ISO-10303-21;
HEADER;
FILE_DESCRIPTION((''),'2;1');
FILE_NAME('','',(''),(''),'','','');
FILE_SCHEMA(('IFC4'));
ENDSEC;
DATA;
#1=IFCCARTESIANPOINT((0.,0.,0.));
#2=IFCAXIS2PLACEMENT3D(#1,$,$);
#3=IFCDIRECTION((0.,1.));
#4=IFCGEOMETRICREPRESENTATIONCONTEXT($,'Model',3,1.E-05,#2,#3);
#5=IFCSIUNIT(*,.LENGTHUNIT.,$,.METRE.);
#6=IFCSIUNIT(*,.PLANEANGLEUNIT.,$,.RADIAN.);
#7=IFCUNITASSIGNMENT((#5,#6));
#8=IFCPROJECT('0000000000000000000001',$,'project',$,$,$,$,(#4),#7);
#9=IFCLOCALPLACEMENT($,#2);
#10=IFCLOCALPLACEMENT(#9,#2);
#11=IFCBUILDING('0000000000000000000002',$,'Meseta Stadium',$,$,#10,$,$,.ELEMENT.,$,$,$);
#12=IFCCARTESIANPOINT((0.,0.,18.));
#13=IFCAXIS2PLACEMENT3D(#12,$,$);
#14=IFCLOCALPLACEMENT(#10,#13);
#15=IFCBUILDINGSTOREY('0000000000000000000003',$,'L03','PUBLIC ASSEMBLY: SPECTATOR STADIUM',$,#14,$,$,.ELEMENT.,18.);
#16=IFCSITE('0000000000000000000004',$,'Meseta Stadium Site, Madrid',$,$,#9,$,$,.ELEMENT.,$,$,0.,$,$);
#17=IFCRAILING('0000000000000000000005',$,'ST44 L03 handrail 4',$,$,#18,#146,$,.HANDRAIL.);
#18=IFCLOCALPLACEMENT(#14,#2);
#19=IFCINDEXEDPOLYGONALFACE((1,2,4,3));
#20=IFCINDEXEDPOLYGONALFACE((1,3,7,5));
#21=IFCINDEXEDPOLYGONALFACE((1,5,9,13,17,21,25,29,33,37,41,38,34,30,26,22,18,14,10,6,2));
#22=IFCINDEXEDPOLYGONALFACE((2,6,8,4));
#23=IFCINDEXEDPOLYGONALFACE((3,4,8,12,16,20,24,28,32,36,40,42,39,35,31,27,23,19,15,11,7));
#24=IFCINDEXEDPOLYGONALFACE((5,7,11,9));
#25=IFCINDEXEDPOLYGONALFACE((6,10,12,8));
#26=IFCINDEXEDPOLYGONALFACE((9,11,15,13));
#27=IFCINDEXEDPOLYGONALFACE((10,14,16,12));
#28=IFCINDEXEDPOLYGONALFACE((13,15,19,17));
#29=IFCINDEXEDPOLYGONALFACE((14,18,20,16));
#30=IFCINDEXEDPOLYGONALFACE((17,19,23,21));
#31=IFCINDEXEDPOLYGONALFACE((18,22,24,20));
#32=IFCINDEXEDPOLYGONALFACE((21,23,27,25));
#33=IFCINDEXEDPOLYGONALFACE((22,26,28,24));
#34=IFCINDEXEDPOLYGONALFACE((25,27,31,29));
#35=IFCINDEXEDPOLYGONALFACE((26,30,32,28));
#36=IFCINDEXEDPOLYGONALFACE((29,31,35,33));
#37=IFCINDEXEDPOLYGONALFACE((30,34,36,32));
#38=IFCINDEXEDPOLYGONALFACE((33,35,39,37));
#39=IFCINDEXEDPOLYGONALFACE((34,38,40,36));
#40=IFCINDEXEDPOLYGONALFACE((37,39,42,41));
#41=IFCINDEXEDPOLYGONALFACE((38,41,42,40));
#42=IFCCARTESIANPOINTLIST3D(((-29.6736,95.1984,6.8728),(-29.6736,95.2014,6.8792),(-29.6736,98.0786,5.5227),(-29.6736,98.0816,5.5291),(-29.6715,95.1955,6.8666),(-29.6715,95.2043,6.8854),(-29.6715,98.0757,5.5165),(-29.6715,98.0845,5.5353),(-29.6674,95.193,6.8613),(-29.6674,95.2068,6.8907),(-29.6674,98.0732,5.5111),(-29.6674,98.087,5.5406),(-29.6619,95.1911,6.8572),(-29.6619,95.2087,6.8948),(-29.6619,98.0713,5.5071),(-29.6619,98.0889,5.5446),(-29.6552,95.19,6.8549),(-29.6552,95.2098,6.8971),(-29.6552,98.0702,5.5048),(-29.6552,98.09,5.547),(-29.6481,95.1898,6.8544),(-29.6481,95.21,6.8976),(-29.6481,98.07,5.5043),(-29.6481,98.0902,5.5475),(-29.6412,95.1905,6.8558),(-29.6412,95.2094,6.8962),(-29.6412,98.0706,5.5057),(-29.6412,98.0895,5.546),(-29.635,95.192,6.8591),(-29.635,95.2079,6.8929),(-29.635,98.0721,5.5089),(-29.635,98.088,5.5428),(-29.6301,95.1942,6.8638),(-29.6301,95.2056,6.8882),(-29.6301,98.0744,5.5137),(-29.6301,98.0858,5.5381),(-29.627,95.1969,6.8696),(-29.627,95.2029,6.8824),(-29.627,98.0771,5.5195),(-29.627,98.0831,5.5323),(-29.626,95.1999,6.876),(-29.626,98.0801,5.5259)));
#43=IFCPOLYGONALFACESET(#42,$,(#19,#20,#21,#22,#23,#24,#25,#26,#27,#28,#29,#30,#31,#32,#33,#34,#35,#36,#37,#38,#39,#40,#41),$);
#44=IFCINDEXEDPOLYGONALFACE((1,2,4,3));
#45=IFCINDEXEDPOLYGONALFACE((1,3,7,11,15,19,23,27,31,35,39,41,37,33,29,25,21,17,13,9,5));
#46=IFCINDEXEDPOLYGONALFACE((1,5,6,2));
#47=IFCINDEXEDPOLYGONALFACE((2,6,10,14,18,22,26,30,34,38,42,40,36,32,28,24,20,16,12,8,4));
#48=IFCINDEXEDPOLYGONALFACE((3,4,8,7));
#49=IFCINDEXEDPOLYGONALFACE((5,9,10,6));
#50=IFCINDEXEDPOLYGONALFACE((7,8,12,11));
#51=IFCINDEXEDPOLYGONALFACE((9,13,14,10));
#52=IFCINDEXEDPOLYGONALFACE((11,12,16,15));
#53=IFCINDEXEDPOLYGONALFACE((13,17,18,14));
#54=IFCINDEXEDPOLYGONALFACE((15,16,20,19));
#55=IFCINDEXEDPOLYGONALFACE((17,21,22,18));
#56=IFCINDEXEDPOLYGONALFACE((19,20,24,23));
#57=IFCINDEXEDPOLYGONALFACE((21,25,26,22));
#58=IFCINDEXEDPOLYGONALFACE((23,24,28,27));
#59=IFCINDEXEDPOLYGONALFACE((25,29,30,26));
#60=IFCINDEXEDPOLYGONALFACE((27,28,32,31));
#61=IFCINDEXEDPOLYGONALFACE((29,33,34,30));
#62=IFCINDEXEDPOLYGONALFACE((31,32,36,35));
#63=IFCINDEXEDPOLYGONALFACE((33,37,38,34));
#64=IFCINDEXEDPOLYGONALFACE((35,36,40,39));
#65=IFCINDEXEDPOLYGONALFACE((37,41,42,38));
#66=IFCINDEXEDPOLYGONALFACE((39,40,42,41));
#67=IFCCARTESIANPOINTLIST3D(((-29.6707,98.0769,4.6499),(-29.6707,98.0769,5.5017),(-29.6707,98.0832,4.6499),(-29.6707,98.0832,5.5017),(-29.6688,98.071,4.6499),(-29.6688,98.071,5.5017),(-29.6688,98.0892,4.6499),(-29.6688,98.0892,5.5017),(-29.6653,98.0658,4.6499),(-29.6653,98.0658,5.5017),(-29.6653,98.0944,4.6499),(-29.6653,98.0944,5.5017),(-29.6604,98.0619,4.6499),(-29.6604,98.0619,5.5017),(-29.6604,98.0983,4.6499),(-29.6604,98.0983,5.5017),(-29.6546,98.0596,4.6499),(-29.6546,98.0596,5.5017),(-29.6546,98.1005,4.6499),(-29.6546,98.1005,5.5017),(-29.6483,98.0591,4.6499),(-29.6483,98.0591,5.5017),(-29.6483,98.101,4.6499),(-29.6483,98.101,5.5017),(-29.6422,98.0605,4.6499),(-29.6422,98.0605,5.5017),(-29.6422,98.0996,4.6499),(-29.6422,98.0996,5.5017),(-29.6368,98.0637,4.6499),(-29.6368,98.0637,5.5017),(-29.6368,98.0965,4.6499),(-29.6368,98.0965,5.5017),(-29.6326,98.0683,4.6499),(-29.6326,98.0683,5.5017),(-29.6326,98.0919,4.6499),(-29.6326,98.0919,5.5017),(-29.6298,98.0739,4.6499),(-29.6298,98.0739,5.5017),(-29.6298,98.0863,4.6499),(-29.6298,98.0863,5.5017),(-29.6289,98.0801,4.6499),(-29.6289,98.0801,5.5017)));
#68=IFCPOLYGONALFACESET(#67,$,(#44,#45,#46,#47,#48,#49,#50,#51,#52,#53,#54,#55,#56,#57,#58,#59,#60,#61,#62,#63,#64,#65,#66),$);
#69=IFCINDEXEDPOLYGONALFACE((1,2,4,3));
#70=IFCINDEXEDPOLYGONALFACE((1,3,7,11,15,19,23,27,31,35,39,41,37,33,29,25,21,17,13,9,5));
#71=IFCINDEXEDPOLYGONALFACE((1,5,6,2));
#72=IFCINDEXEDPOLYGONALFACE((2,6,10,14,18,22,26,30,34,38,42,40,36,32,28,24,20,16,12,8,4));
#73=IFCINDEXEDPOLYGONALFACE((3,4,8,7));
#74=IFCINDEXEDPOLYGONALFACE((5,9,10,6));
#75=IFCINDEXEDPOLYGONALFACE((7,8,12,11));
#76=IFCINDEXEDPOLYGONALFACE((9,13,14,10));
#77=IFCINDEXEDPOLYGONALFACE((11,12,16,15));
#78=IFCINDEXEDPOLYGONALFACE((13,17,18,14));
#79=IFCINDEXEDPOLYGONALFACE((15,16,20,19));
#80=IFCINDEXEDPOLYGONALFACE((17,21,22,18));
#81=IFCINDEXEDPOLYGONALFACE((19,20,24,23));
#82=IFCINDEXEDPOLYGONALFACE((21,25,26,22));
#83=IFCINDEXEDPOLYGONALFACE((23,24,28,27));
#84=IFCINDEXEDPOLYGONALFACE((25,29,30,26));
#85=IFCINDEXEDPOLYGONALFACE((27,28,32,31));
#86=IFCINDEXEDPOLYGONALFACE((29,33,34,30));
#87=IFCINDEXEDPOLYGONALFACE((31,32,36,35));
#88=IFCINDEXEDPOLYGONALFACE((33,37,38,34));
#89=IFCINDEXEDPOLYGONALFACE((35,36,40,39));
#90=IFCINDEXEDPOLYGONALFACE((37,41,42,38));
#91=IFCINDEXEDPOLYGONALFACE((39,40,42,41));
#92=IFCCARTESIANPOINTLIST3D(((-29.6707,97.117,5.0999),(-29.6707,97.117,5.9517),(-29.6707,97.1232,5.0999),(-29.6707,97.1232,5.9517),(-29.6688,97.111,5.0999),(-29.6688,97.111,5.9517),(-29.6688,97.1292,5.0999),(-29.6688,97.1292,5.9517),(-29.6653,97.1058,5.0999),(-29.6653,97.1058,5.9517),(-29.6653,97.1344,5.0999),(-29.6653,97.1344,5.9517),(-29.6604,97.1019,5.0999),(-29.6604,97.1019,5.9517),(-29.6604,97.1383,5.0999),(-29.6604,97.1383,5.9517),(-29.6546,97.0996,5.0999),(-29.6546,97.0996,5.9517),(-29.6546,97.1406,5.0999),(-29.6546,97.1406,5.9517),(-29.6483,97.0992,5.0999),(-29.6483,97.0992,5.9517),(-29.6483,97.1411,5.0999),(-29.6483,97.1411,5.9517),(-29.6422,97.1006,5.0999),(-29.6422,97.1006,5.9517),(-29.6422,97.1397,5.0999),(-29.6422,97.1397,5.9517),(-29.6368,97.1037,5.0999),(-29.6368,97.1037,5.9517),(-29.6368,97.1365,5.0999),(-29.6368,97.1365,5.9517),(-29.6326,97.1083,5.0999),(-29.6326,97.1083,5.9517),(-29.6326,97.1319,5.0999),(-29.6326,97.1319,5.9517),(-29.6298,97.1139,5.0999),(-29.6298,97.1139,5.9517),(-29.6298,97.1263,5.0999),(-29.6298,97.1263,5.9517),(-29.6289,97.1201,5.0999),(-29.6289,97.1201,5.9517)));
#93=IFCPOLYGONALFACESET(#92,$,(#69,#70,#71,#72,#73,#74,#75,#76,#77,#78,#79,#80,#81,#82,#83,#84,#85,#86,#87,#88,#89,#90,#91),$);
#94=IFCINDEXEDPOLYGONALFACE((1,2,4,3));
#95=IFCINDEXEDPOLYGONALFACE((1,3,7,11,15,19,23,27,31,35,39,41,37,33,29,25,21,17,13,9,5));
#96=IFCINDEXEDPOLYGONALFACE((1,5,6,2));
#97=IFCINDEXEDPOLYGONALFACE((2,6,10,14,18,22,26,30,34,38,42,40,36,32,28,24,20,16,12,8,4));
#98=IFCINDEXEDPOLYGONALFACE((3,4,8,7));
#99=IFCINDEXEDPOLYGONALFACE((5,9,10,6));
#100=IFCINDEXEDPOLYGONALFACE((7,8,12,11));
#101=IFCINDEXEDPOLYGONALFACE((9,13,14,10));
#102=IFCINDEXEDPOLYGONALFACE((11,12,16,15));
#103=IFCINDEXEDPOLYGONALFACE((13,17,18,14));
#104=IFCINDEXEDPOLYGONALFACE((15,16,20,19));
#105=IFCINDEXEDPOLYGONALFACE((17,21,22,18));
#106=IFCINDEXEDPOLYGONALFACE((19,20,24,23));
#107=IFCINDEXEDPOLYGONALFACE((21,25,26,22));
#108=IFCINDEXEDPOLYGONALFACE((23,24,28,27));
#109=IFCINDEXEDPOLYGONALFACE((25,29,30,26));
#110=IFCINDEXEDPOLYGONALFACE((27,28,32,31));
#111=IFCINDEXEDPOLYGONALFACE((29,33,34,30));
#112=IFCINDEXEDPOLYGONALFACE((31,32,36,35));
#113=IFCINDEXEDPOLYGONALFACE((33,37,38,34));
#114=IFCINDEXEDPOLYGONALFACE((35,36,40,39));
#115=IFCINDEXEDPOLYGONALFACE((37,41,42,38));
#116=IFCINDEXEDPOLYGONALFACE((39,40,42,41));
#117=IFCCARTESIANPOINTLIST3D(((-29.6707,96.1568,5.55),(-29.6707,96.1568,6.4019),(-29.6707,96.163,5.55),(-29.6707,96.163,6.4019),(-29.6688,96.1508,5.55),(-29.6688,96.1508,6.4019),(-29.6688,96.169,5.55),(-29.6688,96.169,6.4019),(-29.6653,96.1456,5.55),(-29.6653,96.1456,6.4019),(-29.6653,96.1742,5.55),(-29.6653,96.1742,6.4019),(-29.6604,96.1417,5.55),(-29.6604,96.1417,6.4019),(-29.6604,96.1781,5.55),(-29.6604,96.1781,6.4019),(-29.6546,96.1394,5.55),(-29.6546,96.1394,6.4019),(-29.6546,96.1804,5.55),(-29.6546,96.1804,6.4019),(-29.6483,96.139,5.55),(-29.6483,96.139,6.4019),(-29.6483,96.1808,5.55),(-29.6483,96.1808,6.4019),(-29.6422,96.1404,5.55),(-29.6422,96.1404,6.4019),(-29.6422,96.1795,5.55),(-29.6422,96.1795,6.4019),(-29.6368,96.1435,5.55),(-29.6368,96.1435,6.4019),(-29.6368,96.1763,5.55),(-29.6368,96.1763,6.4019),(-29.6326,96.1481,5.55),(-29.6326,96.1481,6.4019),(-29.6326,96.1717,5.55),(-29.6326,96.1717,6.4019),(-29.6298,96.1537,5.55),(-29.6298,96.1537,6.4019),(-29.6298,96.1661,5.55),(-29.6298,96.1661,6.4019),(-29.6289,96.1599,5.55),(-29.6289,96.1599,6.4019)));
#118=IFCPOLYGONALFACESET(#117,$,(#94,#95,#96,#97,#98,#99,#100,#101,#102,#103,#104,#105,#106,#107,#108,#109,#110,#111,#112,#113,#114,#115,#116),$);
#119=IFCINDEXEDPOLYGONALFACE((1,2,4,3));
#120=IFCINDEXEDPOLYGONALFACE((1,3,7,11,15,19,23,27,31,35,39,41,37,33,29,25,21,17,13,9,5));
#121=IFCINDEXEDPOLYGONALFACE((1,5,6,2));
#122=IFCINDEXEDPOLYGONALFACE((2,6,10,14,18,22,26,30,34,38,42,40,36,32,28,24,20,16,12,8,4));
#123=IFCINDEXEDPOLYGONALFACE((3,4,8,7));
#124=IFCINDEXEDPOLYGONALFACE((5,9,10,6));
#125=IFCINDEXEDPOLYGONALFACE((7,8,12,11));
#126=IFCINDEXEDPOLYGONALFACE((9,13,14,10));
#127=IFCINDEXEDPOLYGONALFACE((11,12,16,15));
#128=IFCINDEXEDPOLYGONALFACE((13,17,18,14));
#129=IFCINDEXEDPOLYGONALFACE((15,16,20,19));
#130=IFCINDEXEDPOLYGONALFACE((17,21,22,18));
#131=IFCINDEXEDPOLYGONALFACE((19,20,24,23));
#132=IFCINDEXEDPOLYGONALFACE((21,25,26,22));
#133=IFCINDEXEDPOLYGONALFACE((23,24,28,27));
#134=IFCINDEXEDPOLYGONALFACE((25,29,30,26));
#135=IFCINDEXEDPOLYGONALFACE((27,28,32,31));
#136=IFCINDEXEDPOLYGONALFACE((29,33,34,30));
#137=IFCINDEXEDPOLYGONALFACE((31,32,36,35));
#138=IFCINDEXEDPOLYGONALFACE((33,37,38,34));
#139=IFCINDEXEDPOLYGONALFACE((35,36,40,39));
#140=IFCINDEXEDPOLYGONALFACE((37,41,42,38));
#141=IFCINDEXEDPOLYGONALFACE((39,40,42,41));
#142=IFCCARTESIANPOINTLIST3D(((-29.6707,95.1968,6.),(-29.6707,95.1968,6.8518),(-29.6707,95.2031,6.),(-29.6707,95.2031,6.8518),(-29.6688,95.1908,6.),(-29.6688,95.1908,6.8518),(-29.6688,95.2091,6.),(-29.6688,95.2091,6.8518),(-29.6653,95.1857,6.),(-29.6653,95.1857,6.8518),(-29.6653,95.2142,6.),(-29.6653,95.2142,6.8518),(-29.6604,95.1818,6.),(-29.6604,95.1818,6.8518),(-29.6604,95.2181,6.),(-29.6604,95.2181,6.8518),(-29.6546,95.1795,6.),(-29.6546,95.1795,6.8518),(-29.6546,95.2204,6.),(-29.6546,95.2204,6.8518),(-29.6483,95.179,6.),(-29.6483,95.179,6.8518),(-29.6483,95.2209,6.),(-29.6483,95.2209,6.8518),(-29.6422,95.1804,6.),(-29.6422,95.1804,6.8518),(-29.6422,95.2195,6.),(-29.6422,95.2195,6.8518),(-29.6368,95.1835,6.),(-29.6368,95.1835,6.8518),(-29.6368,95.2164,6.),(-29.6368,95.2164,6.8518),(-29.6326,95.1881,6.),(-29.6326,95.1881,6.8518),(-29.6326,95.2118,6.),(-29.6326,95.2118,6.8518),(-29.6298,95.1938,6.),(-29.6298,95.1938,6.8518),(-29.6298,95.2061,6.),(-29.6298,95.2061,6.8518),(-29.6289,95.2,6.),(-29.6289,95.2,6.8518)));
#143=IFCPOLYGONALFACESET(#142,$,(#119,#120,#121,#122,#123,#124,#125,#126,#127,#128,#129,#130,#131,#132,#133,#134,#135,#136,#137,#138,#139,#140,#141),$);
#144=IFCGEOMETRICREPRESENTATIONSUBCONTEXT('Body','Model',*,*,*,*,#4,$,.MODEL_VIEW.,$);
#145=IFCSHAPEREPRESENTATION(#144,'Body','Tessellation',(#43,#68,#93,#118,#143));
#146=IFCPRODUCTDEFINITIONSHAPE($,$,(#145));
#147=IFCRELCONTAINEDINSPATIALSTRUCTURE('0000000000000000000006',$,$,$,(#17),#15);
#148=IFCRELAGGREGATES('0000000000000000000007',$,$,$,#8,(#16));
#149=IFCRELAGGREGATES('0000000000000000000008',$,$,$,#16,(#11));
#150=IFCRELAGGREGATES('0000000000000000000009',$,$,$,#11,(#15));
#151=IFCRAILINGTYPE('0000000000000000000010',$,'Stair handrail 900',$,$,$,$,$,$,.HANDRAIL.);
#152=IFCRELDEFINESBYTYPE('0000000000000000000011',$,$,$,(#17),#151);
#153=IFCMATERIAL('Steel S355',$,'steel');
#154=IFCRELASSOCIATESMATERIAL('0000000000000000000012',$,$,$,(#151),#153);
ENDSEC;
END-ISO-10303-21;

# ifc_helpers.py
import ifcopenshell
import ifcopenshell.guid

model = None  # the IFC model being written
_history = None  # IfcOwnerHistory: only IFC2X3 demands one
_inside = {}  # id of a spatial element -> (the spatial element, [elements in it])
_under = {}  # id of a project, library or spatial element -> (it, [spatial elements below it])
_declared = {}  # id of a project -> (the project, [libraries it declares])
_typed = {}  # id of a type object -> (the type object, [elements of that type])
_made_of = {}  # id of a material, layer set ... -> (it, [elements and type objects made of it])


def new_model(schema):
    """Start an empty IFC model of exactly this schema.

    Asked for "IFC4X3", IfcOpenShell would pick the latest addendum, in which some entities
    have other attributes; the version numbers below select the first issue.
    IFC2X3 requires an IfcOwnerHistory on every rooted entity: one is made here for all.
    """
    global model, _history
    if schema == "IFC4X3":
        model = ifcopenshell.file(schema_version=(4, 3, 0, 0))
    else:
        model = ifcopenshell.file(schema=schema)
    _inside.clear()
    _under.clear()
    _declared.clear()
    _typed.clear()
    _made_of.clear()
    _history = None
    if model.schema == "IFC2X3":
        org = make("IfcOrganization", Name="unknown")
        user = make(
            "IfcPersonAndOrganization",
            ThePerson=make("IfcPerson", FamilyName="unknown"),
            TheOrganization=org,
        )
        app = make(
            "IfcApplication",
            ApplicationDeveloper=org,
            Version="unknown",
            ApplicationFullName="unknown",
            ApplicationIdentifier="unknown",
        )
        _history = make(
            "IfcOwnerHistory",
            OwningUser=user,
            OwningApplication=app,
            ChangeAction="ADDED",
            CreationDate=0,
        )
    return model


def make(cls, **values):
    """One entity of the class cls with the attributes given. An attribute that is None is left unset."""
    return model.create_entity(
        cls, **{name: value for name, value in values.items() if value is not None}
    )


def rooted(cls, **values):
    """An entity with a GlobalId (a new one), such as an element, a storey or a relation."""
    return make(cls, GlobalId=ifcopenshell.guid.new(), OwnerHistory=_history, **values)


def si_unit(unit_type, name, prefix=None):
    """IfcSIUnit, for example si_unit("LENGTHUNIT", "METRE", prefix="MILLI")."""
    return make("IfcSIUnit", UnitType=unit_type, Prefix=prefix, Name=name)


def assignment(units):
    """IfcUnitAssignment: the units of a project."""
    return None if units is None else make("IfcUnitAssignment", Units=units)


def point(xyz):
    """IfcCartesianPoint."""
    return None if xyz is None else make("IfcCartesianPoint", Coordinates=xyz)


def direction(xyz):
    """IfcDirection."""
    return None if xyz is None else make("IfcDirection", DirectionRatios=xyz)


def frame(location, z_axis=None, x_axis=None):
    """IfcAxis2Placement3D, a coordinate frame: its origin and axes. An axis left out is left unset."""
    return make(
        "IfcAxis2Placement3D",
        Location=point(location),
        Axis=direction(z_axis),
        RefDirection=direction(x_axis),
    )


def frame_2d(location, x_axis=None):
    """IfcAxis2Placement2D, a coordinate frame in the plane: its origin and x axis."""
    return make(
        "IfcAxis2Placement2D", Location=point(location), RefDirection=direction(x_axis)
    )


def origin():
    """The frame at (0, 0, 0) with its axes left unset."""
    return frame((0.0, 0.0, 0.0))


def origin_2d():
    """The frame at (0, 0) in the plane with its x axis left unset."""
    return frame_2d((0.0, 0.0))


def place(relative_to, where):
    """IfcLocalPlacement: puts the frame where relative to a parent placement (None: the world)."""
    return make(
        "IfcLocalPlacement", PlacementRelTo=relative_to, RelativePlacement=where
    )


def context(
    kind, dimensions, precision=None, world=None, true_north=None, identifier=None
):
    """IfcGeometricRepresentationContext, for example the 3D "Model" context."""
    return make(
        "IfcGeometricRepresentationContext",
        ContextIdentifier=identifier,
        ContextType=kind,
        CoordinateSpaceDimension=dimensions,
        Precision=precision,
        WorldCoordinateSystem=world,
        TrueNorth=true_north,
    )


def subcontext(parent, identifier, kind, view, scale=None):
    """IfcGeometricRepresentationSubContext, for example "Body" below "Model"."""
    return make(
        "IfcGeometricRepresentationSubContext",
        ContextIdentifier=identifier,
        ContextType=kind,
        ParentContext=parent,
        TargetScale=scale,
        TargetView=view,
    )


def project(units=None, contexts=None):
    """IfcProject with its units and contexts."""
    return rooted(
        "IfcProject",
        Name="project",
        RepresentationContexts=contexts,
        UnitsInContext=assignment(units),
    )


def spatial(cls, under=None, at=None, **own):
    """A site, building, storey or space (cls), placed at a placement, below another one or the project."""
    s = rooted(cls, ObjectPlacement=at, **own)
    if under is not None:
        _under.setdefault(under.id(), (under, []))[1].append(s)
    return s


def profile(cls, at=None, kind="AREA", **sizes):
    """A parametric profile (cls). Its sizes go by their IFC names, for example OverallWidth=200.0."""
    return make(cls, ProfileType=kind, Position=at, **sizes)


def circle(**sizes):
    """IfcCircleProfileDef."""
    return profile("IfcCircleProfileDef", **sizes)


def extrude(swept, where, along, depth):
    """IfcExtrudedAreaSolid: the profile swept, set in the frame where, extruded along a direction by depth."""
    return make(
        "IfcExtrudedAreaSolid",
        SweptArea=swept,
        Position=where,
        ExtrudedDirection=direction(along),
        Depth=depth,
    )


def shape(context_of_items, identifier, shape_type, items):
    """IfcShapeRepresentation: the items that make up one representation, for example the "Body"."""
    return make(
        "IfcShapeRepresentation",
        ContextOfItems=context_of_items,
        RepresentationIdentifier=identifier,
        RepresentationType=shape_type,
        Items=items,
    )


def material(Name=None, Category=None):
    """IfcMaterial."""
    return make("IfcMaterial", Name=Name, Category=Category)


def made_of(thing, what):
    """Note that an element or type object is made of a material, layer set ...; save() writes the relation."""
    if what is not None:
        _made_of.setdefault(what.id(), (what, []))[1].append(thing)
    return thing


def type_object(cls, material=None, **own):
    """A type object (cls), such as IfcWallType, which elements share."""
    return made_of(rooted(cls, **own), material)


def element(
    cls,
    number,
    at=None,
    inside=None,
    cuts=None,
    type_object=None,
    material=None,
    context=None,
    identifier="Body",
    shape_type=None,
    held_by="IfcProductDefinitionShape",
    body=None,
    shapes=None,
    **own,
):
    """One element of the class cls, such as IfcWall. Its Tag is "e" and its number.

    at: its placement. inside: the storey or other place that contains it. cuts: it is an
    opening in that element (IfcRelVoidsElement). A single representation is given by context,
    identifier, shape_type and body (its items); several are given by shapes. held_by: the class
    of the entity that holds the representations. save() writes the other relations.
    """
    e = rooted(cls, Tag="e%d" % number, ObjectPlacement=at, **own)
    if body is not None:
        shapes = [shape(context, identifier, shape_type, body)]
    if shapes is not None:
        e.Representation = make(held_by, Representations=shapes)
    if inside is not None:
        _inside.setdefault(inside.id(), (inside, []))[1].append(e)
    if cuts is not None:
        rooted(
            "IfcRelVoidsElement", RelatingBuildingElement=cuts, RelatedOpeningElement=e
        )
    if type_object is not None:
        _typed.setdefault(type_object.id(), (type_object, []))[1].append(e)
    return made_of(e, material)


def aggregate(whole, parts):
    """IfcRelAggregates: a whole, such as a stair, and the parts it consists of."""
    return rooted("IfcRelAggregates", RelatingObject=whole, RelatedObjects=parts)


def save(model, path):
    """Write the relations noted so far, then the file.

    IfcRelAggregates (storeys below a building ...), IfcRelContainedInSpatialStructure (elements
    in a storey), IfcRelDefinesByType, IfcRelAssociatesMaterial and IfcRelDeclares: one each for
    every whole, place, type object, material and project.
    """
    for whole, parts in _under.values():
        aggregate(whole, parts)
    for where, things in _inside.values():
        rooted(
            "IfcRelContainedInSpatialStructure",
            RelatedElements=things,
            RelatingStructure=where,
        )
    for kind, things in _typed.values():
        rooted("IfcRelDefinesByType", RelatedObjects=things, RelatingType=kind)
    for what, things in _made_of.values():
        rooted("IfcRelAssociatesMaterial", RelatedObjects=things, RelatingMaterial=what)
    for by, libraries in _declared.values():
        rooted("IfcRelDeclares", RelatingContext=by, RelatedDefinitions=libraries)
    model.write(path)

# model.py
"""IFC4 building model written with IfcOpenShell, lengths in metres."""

from ifc_helpers import new_model, si_unit, direction, frame, origin, origin_2d, place, context, subcontext, project, spatial, circle, extrude, material, type_object, element, save


model = new_model("IFC4")

# Units and contexts
model_context = context("Model", 3, precision=1e-05, world=origin(), true_north=direction((0.0, 1.0)))
body_context = subcontext(model_context, "Body", "Model", "MODEL_VIEW")
ifc_project = project(units=[si_unit("LENGTHUNIT", "METRE"), si_unit("PLANEANGLEUNIT", "RADIAN")], contexts=[model_context])

# Site, building, storey
site_placement = place(None, origin())
site = spatial("IfcSite", under=ifc_project, at=site_placement, Name="Meseta Stadium Site, Madrid", CompositionType="ELEMENT", RefElevation=0.0)
building_placement = place(site_placement, origin())
building = spatial("IfcBuilding", under=site, at=building_placement, Name="Meseta Stadium", CompositionType="ELEMENT")
storey_placement = place(building_placement, frame((0.0, 0.0, 18.0)))
storey = spatial("IfcBuildingStorey", under=building, at=storey_placement, Name="L03", Description="PUBLIC ASSEMBLY: SPECTATOR STADIUM", CompositionType="ELEMENT", Elevation=18.0)

# Railing
ifc_material_1 = material(Name="Steel S355", Category="steel")
railing_type_1 = type_object("IfcRailingType", Name="Stair handrail 900", PredefinedType="HANDRAIL", material=ifc_material_1)
for number, where, name in (
    (1, (-29.6499, 98.0801, 4.6499), "ST44 L03 handrail 4"),
):
    element("IfcRailing", number, at=place(storey_placement, frame(where)), inside=storey, type_object=railing_type_1, Name=name, PredefinedType="HANDRAIL", context=body_context, shape_type="SweptSolid", body=[
        extrude(circle(Radius=0.0239, at=origin_2d()), frame((0.0, 0.0, 0.876), z_axis=(0.0, -0.905454, 0.424444), x_axis=(1.0, 0.0, 0.0)), (0.0, 0.0, 1.0), 3.1809),
        extrude(circle(Radius=0.021, at=origin_2d()), origin(), (0.0, 0.0, 1.0), 0.8518),
        extrude(circle(Radius=0.021, at=origin_2d()), frame((0.0, -0.96, 0.45)), (0.0, 0.0, 1.0), 0.8518),
        extrude(circle(Radius=0.021, at=origin_2d()), frame((0.0, -1.9202, 0.9001)), (0.0, 0.0, 1.0), 0.8518),
        extrude(circle(Radius=0.021, at=origin_2d()), frame((0.0, -2.8801, 1.3501)), (0.0, 0.0, 1.0), 0.8518),
    ])

save(model, "model.ifc")
